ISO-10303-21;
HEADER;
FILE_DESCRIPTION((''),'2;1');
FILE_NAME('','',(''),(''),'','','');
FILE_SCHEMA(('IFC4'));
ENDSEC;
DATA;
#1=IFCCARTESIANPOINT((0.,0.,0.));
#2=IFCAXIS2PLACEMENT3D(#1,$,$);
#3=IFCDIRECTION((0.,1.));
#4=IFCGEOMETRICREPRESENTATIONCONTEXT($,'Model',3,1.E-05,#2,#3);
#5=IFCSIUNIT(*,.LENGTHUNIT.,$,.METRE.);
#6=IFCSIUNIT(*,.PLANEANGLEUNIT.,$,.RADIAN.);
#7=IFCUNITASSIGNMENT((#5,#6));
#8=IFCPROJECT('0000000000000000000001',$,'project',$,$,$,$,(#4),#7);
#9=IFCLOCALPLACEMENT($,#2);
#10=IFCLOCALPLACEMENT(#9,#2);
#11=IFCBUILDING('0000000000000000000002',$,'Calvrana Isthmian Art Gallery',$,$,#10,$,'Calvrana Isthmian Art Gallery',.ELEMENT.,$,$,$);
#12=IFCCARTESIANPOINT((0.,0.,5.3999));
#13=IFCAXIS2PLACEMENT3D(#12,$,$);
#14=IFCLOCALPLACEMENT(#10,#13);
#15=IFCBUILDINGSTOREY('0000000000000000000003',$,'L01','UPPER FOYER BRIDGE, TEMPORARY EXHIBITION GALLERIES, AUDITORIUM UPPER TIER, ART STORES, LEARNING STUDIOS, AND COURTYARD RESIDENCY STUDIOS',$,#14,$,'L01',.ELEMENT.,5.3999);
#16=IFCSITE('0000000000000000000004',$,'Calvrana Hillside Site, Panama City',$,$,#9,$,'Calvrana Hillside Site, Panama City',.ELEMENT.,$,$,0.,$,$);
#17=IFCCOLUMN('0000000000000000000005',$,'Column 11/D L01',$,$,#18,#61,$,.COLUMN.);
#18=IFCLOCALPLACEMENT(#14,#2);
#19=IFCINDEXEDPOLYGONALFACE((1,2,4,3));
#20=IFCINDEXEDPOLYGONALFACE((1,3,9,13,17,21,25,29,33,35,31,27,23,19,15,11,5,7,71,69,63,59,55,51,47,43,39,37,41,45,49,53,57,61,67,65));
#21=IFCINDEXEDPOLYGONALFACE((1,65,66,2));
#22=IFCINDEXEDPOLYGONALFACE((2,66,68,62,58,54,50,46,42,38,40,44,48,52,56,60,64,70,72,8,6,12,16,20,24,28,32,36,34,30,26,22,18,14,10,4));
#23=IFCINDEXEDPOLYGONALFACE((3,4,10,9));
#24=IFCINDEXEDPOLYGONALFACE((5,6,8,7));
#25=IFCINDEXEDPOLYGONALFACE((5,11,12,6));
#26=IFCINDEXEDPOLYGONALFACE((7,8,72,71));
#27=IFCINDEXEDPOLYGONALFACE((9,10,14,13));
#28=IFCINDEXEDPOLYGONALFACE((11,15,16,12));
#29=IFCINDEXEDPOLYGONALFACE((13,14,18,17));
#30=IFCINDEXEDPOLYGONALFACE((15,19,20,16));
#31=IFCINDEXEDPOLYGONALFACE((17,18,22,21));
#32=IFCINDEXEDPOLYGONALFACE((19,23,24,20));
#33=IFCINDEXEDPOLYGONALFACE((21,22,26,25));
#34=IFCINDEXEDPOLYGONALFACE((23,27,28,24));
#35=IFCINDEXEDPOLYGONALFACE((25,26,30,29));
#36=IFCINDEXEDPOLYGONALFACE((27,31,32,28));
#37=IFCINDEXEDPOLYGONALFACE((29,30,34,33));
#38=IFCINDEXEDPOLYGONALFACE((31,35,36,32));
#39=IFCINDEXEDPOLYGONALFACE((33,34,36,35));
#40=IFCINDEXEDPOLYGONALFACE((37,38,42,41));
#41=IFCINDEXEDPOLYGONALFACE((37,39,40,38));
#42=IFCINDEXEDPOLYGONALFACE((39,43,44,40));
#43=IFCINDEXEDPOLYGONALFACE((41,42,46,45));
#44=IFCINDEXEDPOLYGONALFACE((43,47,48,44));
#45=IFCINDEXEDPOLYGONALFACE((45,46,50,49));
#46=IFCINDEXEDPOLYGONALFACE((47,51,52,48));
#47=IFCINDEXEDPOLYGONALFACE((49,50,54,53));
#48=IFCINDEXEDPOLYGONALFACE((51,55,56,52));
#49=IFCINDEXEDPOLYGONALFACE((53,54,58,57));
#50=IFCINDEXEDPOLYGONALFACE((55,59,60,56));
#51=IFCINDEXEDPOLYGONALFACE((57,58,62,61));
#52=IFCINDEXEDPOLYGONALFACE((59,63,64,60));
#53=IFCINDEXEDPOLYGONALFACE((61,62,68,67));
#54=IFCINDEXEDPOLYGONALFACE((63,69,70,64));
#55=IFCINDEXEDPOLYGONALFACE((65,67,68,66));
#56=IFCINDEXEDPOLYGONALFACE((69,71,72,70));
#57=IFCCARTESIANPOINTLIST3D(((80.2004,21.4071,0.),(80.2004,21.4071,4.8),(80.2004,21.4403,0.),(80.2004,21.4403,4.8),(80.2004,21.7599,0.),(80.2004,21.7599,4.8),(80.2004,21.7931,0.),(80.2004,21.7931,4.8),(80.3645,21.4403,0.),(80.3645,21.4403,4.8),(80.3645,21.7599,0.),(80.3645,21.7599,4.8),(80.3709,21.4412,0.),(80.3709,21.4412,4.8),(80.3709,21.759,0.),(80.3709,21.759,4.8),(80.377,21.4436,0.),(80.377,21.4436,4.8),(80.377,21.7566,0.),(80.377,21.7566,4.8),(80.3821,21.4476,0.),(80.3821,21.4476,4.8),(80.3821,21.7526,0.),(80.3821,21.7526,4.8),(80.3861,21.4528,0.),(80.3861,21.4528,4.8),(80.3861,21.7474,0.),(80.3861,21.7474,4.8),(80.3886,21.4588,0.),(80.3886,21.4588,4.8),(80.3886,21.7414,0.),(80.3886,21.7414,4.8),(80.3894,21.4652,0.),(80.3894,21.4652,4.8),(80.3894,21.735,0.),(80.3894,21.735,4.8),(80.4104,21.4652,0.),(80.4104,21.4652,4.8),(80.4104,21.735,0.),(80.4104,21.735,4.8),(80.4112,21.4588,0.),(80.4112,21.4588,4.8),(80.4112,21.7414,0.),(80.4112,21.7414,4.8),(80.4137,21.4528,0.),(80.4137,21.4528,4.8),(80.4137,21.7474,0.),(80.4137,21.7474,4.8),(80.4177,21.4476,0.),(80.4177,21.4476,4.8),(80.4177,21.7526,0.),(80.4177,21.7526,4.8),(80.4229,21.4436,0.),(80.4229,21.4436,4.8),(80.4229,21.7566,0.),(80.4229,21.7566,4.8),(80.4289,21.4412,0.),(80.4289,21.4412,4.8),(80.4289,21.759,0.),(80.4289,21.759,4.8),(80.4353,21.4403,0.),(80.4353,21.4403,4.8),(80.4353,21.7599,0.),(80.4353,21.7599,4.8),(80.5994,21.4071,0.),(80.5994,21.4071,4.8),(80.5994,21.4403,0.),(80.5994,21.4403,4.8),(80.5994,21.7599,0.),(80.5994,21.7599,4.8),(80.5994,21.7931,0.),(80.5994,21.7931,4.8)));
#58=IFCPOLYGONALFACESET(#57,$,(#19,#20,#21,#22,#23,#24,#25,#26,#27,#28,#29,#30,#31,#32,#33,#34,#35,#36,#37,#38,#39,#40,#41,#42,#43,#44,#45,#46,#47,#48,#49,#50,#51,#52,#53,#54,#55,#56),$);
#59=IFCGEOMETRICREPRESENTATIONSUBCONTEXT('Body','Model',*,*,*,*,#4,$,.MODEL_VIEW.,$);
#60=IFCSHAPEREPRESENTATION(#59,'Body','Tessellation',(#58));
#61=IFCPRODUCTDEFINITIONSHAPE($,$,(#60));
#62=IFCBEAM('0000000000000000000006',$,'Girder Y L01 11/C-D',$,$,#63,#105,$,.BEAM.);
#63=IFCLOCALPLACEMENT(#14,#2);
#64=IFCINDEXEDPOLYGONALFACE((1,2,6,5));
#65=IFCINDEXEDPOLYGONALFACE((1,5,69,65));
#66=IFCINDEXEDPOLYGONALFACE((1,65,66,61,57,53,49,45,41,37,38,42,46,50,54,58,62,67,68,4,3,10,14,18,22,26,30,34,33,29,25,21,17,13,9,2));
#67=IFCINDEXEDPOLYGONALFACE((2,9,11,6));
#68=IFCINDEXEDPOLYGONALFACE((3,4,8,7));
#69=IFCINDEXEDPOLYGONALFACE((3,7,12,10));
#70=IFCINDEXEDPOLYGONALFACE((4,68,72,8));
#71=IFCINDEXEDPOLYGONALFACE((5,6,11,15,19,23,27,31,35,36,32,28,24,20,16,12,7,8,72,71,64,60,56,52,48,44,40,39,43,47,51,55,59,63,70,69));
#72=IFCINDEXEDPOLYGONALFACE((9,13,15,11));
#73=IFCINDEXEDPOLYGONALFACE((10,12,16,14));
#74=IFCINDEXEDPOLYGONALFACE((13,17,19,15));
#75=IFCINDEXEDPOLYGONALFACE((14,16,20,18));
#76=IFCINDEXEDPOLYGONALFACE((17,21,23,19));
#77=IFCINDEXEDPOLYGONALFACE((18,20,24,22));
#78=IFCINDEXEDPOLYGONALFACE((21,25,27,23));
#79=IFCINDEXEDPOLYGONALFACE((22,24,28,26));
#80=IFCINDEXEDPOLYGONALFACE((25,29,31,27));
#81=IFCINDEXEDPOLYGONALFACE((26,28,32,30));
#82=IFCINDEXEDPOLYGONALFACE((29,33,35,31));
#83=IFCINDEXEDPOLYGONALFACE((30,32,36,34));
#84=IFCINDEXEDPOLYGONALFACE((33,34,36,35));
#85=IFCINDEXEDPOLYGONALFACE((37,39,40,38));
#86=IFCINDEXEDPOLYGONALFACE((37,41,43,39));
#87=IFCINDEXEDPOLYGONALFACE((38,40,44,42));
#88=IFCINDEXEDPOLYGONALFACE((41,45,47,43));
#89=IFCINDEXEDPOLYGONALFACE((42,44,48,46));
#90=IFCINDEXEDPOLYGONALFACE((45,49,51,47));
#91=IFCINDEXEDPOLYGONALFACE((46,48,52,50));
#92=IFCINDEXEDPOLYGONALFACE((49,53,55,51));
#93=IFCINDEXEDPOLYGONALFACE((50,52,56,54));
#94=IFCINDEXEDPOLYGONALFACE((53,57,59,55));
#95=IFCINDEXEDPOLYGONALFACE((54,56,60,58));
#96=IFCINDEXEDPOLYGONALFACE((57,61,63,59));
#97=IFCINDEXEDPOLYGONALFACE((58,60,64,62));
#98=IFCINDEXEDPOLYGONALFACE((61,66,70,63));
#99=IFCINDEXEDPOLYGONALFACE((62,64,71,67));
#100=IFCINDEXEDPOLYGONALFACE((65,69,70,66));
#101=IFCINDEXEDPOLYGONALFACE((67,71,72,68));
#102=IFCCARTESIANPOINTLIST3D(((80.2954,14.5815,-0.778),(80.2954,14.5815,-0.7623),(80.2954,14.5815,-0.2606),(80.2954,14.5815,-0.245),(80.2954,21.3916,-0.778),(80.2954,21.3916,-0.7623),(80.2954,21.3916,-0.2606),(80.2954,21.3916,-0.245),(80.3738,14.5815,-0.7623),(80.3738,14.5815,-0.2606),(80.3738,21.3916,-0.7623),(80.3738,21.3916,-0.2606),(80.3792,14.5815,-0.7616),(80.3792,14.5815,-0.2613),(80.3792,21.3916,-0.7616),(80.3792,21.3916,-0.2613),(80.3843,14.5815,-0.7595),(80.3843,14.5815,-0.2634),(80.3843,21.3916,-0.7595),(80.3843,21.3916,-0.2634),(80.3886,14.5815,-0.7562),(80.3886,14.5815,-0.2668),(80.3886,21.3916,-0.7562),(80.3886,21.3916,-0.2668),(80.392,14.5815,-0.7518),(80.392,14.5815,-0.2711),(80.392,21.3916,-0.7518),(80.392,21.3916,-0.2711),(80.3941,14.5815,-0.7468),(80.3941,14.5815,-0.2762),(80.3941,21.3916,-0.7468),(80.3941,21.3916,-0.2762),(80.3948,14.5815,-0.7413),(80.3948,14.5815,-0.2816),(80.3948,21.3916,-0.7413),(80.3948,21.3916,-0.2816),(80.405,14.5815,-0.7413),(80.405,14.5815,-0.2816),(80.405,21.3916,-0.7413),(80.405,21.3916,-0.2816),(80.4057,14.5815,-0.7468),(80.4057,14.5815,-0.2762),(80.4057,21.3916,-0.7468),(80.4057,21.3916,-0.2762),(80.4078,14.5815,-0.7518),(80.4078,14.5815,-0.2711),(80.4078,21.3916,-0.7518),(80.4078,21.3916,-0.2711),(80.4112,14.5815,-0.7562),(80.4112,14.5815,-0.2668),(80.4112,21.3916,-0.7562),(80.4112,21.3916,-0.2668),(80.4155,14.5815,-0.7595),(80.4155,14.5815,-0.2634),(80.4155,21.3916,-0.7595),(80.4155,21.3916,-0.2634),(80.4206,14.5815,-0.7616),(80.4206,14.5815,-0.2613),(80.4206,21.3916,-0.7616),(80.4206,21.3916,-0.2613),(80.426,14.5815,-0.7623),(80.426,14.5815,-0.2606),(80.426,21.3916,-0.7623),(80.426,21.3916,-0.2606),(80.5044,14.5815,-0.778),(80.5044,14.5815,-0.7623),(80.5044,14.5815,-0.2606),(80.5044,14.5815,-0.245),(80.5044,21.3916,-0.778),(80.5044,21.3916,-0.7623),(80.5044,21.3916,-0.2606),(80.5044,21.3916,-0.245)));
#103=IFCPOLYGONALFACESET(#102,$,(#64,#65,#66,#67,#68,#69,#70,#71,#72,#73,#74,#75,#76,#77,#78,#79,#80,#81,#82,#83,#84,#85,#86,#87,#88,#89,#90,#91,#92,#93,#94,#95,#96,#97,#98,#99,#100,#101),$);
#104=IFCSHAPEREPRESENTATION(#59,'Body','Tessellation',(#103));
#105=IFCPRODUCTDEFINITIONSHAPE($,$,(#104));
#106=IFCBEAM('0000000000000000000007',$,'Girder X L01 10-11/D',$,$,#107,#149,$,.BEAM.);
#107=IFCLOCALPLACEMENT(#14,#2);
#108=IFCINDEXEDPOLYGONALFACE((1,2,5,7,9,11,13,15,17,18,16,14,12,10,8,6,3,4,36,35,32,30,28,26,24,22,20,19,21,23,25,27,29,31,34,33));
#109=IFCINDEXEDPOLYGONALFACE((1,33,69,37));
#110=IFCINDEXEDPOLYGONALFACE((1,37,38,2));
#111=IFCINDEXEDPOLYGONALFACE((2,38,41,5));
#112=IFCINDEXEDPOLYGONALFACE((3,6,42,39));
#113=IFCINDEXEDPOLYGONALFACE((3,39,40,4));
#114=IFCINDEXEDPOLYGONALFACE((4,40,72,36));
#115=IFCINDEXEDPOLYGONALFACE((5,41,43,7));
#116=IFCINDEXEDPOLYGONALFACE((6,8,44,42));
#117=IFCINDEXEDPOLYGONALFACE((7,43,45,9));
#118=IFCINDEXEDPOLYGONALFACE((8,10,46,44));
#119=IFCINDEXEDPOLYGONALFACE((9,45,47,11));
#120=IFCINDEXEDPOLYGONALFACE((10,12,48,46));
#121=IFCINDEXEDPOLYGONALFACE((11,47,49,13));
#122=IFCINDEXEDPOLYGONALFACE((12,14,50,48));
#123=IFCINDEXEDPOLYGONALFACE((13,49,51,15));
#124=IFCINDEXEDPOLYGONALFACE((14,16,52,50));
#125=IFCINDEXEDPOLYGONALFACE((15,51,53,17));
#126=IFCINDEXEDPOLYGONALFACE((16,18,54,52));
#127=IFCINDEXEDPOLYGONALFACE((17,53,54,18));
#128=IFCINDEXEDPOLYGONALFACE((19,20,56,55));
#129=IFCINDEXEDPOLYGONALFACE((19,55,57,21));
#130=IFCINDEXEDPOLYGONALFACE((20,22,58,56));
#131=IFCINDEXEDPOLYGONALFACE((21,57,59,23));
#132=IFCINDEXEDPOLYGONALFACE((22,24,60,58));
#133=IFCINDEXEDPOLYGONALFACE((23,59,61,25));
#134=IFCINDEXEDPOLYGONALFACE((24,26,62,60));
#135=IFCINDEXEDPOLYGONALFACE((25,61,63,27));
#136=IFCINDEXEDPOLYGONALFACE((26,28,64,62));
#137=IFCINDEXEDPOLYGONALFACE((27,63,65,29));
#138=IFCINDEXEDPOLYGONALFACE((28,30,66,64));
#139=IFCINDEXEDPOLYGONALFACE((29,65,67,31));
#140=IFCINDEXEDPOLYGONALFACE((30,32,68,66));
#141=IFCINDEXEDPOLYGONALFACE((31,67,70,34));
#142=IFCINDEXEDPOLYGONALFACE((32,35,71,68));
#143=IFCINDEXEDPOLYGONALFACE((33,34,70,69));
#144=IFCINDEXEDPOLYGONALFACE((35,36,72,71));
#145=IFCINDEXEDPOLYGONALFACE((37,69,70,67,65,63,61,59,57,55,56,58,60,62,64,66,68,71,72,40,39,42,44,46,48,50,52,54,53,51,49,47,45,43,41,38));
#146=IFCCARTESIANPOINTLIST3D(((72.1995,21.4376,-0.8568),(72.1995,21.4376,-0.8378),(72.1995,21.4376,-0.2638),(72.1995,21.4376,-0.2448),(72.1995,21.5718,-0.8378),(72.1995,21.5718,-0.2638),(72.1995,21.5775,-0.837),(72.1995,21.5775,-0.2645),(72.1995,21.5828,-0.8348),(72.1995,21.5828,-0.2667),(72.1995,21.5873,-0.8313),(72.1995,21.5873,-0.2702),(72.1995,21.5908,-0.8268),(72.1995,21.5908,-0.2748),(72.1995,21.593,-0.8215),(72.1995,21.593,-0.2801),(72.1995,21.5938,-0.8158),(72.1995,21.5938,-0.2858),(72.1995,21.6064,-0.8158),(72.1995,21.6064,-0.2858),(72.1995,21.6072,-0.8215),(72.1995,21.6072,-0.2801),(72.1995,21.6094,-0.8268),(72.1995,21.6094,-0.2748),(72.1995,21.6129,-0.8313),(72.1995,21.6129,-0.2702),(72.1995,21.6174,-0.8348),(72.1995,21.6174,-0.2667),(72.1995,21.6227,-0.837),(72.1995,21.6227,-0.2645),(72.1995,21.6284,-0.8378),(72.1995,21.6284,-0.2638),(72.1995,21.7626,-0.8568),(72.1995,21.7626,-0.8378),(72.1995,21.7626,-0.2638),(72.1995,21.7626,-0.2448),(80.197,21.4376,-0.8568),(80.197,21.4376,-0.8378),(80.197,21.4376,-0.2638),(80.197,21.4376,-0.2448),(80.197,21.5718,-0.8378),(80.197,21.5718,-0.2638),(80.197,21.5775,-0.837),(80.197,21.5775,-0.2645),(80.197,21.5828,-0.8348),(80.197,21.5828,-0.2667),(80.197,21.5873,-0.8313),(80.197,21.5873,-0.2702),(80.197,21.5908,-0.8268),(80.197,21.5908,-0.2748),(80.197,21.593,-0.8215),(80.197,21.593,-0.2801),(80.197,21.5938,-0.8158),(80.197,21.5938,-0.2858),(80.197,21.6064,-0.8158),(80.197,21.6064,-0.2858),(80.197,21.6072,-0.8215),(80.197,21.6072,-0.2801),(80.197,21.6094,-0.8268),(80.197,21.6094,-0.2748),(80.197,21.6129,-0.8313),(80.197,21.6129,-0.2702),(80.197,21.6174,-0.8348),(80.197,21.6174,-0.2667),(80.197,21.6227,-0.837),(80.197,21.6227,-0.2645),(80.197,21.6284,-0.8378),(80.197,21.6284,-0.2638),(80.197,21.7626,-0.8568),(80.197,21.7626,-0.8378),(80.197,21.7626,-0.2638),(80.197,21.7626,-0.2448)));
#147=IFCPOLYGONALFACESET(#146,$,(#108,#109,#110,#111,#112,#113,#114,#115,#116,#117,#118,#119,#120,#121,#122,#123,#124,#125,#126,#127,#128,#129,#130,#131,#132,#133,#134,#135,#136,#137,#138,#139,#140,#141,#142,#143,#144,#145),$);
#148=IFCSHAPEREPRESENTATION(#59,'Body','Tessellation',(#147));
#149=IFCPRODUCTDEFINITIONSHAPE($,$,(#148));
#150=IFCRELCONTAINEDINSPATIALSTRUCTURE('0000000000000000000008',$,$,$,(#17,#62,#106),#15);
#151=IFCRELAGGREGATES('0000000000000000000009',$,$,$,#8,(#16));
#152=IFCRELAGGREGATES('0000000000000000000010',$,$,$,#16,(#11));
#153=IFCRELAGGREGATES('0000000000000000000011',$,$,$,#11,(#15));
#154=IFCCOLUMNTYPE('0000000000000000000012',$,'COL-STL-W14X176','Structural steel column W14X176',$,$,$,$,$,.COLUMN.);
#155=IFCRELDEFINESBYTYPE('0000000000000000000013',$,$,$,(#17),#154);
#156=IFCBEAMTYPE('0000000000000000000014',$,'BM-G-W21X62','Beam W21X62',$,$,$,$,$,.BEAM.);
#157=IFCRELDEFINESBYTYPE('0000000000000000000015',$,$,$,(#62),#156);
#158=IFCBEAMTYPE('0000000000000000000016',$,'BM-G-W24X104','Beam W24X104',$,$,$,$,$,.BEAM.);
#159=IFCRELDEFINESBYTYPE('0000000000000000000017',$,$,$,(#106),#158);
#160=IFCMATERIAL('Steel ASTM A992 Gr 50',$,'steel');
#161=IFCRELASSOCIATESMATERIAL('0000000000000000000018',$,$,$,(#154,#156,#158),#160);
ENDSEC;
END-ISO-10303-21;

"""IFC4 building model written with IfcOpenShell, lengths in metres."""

from ifc_helpers import new_model, si_unit, direction, frame, origin, origin_2d, place, context, subcontext, project, spatial, i_section, extrude, material, material_profile, profile_set, type_object, element, save


model = new_model("IFC4")

# Units and contexts
model_context = context("Model", 3, precision=1e-05, world=origin(), true_north=direction((0.0, 1.0)))
body_context = subcontext(model_context, "Body", "Model", "MODEL_VIEW")
ifc_project = project(units=[si_unit("LENGTHUNIT", "METRE"), si_unit("PLANEANGLEUNIT", "RADIAN")], contexts=[model_context])

# Site, building, storey
site_placement = place(None, origin())
site = spatial("IfcSite", under=ifc_project, at=site_placement, Name="Calvrana Hillside Site, Panama City", LongName="Calvrana Hillside Site, Panama City", CompositionType="ELEMENT", RefElevation=0.0)
building_placement = place(site_placement, origin())
building = spatial("IfcBuilding", under=site, at=building_placement, Name="Calvrana Isthmian Art Gallery", LongName="Calvrana Isthmian Art Gallery", CompositionType="ELEMENT")
storey_placement = place(building_placement, frame((0.0, 0.0, 5.3999)))
storey = spatial("IfcBuildingStorey", under=building, at=storey_placement, Name="L01", Description="UPPER FOYER BRIDGE, TEMPORARY EXHIBITION GALLERIES, AUDITORIUM UPPER TIER, ART STORES, LEARNING STUDIOS, AND COURTYARD RESIDENCY STUDIOS", LongName="L01", CompositionType="ELEMENT", Elevation=5.3999)

# Column
ifc_material_1 = material(Name="Steel ASTM A992 Gr 50", Category="steel")
ifc_material_profile_1 = material_profile(ifc_material_1, i_section(OverallWidth=0.3989, OverallDepth=0.386, WebThickness=0.021, FlangeThickness=0.0332, FilletRadius=0.0249, at=origin_2d()), Name="W14X176")
ifc_profile_set_1 = profile_set([ifc_material_profile_1], Name="Steel ASTM A992 Gr 50")
column_type = type_object("IfcColumnType", Name="COL-STL-W14X176", Description="Structural steel column W14X176", PredefinedType="COLUMN", material=ifc_profile_set_1)
column_placement = place(storey_placement, frame((80.3999, 21.6001, 0.0), z_axis=(0.0, 0.0, 1.0), x_axis=(1.0, 0.0, 0.0)))
element("IfcColumn", 1, at=column_placement, inside=storey, type_object=column_type, Name="Column 11/D L01", PredefinedType="COLUMN", context=body_context, shape_type="SweptSolid", body=[
    extrude(i_section(OverallWidth=0.3989, OverallDepth=0.386, WebThickness=0.021, FlangeThickness=0.0332, FilletRadius=0.0249, at=origin_2d()), origin(), (0.0, 0.0, 1.0), 4.8),
])

# Beams
ifc_material_profile_2 = material_profile(ifc_material_1, i_section(OverallWidth=0.209, OverallDepth=0.533, WebThickness=0.0103, FlangeThickness=0.0156, FilletRadius=0.021, at=origin_2d()), Name="W21X62")
ifc_profile_set_2 = profile_set([ifc_material_profile_2], Name="Steel ASTM A992 Gr 50")
beam_type_1 = type_object("IfcBeamType", Name="BM-G-W21X62", Description="Beam W21X62", PredefinedType="BEAM", material=ifc_profile_set_2)
beam_1_placement = place(storey_placement, frame((80.3999, 14.5815, -0.5115), z_axis=(0.0, 1.0, 0.0), x_axis=(-1.0, 0.0, 0.0)))
element("IfcBeam", 2, at=beam_1_placement, inside=storey, type_object=beam_type_1, Name="Girder Y L01 11/C-D", PredefinedType="BEAM", context=body_context, shape_type="SweptSolid", body=[
    extrude(i_section(OverallWidth=0.209, OverallDepth=0.533, WebThickness=0.0103, FlangeThickness=0.0156, FilletRadius=0.021, at=origin_2d()), origin(), (0.0, 0.0, 1.0), 6.8101),
])
ifc_material_profile_3 = material_profile(ifc_material_1, i_section(OverallWidth=0.325, OverallDepth=0.6121, WebThickness=0.0127, FlangeThickness=0.019, FilletRadius=0.022, at=origin_2d()), Name="W24X104")
ifc_profile_set_3 = profile_set([ifc_material_profile_3], Name="Steel ASTM A992 Gr 50")
beam_type_2 = type_object("IfcBeamType", Name="BM-G-W24X104", Description="Beam W24X104", PredefinedType="BEAM", material=ifc_profile_set_3)
beam_2_placement = place(storey_placement, frame((72.1995, 21.6001, -0.5508), z_axis=(1.0, 0.0, 0.0), x_axis=(0.0, 1.0, 0.0)))
element("IfcBeam", 3, at=beam_2_placement, inside=storey, type_object=beam_type_2, Name="Girder X L01 10-11/D", PredefinedType="BEAM", context=body_context, shape_type="SweptSolid", body=[
    extrude(i_section(OverallWidth=0.325, OverallDepth=0.6121, WebThickness=0.0127, FlangeThickness=0.019, FilletRadius=0.022, at=origin_2d()), origin(), (0.0, 0.0, 1.0), 7.9976),
])

save(model, "model.ifc")
